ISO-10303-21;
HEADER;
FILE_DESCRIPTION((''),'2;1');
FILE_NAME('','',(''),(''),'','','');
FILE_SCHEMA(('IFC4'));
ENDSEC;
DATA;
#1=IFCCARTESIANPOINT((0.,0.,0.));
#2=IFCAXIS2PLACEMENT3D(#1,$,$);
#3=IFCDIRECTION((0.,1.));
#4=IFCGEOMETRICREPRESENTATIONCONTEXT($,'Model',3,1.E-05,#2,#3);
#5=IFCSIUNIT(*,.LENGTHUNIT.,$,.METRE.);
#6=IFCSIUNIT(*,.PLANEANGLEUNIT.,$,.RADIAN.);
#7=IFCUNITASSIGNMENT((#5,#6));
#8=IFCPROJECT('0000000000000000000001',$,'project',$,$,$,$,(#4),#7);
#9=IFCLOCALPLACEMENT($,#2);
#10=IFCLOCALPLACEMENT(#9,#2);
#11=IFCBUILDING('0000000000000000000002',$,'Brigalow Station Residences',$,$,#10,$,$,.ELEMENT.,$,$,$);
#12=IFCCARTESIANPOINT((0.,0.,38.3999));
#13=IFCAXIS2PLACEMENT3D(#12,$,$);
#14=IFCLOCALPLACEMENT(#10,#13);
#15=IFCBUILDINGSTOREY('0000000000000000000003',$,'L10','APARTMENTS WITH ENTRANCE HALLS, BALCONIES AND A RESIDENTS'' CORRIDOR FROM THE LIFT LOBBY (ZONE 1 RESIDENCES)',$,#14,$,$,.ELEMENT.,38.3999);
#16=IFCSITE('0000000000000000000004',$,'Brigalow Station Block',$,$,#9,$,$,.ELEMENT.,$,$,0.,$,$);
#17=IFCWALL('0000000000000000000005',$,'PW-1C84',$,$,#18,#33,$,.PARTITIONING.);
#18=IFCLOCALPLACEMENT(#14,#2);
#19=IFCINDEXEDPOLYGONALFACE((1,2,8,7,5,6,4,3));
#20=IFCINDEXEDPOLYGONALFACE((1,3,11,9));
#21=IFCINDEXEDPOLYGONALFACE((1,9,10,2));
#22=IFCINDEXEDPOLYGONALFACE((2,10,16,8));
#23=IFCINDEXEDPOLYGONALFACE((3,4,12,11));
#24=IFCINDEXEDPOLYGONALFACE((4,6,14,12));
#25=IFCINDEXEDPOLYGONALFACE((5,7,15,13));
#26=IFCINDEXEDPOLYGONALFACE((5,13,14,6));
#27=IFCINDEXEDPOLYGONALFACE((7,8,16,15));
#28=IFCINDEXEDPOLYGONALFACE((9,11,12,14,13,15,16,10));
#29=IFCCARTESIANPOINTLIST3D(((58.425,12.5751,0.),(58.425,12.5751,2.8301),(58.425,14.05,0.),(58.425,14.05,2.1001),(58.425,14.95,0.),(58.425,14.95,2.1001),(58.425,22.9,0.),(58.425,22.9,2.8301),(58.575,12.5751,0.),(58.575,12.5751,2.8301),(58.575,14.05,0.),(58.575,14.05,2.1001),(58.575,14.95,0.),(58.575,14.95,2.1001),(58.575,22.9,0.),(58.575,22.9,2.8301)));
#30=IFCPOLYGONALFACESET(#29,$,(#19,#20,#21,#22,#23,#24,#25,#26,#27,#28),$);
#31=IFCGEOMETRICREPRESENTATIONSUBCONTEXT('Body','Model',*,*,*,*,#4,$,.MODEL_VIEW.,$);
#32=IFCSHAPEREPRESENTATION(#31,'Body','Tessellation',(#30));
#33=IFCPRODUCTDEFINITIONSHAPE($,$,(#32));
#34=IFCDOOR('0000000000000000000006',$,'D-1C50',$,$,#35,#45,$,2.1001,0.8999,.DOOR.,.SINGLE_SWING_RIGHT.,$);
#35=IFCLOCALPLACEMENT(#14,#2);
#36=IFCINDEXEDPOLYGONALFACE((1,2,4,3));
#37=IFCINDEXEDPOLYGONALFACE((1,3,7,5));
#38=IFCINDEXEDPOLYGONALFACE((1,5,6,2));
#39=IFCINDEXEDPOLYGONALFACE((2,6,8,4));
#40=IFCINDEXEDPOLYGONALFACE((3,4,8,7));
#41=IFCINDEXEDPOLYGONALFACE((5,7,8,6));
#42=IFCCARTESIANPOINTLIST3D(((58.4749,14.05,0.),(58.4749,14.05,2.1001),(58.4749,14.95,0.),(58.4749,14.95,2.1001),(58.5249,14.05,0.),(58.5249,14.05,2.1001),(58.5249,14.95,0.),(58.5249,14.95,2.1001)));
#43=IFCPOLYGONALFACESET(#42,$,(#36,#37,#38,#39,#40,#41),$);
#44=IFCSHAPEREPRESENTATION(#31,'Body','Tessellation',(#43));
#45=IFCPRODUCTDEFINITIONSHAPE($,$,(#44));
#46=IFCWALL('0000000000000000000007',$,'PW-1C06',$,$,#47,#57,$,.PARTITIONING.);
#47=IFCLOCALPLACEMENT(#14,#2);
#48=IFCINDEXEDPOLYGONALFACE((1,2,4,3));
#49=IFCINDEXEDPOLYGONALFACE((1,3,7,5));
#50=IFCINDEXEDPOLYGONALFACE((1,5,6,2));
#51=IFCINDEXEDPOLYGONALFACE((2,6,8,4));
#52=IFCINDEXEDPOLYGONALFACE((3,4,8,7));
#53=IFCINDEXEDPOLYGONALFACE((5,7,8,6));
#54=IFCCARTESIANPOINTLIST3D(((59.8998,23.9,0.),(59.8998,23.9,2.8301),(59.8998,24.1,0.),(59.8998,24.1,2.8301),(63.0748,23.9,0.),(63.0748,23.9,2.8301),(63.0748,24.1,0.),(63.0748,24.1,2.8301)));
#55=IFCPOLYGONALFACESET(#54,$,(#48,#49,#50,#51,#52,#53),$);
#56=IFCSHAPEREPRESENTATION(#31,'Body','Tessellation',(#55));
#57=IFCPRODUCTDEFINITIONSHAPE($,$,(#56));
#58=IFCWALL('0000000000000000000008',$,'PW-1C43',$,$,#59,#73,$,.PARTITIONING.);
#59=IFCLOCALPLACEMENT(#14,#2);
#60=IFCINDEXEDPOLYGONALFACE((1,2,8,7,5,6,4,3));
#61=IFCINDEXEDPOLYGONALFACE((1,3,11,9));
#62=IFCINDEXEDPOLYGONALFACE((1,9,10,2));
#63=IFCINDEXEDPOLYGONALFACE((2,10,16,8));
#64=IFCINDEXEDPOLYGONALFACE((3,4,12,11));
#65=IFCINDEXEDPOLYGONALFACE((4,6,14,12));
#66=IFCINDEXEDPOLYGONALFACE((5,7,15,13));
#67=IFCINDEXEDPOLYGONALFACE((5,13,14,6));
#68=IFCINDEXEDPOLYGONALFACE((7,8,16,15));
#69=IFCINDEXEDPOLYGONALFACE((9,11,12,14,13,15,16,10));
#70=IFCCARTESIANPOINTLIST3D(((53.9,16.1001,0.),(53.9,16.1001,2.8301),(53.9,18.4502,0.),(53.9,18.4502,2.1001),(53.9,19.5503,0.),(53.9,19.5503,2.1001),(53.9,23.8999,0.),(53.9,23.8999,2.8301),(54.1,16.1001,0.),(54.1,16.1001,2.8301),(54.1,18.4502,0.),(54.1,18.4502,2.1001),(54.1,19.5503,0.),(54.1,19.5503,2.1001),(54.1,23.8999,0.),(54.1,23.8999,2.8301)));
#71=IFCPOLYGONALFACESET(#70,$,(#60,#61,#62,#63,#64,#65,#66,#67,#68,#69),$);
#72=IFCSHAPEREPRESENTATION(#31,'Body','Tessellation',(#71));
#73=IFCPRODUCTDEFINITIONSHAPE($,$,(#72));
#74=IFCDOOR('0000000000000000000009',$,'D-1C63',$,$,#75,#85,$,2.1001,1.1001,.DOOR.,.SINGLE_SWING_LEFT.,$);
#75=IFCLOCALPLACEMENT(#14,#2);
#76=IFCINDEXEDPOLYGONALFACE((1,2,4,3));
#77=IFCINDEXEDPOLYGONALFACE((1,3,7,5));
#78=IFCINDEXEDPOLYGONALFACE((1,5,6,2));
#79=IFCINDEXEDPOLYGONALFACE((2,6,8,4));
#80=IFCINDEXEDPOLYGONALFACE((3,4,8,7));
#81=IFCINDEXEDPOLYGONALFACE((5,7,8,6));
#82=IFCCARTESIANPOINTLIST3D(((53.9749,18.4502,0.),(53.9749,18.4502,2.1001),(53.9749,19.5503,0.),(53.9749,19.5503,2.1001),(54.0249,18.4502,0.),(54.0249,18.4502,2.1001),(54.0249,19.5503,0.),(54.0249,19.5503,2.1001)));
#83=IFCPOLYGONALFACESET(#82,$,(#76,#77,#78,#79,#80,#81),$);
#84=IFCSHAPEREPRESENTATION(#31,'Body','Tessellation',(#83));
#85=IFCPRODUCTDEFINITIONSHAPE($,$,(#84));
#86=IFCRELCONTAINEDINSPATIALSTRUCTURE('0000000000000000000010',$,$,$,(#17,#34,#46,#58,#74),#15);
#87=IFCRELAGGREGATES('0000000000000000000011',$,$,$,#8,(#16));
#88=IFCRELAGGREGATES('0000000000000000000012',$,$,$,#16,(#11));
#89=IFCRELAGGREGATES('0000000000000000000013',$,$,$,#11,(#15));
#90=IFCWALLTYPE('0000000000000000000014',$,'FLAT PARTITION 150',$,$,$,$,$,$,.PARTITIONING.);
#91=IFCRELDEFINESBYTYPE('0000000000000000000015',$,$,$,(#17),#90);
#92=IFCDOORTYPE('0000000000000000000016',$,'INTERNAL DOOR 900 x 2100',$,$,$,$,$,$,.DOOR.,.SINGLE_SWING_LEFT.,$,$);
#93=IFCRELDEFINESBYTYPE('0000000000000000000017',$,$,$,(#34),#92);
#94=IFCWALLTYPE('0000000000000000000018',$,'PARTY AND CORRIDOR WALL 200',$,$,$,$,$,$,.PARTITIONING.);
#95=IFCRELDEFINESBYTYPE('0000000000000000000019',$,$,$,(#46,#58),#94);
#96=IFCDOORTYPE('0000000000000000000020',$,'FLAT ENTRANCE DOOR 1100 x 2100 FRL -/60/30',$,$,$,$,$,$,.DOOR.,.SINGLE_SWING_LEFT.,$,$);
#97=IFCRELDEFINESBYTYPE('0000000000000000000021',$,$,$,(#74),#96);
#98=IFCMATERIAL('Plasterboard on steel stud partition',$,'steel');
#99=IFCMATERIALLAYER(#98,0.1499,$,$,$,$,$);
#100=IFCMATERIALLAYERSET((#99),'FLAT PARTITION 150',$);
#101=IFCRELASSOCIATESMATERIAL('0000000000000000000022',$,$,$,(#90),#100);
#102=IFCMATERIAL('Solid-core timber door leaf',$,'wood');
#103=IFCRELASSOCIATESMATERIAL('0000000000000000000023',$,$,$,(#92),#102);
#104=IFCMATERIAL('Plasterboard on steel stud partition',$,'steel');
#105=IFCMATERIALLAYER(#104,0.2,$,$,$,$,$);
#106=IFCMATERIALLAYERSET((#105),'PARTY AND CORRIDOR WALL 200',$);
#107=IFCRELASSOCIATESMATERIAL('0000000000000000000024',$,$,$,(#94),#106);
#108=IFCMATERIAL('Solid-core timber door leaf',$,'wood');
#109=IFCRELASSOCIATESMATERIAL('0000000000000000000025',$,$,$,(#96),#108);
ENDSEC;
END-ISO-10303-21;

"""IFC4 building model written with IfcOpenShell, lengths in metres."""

from ifc_helpers import new_model, si_unit, direction, frame, frame_2d, origin, place, context, subcontext, project, spatial, rectangle, extrude, material, layer, layer_set, type_object, element, fill, save


model = new_model("IFC4")

# Units and contexts
model_context = context("Model", 3, precision=1e-05, world=origin(), true_north=direction((0.0, 1.0)))
body_context = subcontext(model_context, "Body", "Model", "MODEL_VIEW")
ifc_project = project(units=[si_unit("LENGTHUNIT", "METRE"), si_unit("PLANEANGLEUNIT", "RADIAN")], contexts=[model_context])

# Site, building, storey
site_placement = place(None, origin())
site = spatial("IfcSite", under=ifc_project, at=site_placement, Name="Brigalow Station Block", CompositionType="ELEMENT", RefElevation=0.0)
building_placement = place(site_placement, origin())
building = spatial("IfcBuilding", under=site, at=building_placement, Name="Brigalow Station Residences", CompositionType="ELEMENT")
storey_placement = place(building_placement, frame((0.0, 0.0, 38.3999)))
storey = spatial("IfcBuildingStorey", under=building, at=storey_placement, Name="L10", Description="APARTMENTS WITH ENTRANCE HALLS, BALCONIES AND A RESIDENTS' CORRIDOR FROM THE LIFT LOBBY (ZONE 1 RESIDENCES)", CompositionType="ELEMENT", Elevation=38.3999)

# Shared definitions
ifc_material_1 = material(Name="Plasterboard on steel stud partition", Category="steel")
ifc_layer_1 = layer(ifc_material_1, 0.1499)
ifc_layer_set_1 = layer_set([ifc_layer_1], Name="FLAT PARTITION 150")
wall_type_1 = type_object("IfcWallType", Name="FLAT PARTITION 150", PredefinedType="PARTITIONING", material=ifc_layer_set_1)

# Wall, opening, door
ifc_material_2 = material(Name="Solid-core timber door leaf", Category="wood")
door_type_1 = type_object("IfcDoorType", Name="INTERNAL DOOR 900 x 2100", OperationType="SINGLE_SWING_LEFT", PredefinedType="DOOR", material=ifc_material_2)
wall_1_placement = place(storey_placement, frame((58.5, 12.575, 0.0), z_axis=(0.0, 0.0, 1.0), x_axis=(0.0, 1.0, 0.0)))
wall_1 = element("IfcWall", 1, at=wall_1_placement, inside=storey, type_object=wall_type_1, Name="PW-1C84", PredefinedType="PARTITIONING", context=body_context, shape_type="SweptSolid", body=[
    extrude(rectangle(XDim=10.325, YDim=0.1499, at=frame_2d((5.1626, 0.0))), origin(), (0.0, 0.0, 1.0), 2.8301),
])
opening_1_placement = place(wall_1_placement, frame((1.4751, 0.0, 0.0)))
opening_1 = element("IfcOpeningElement", 2, at=opening_1_placement, cuts=wall_1, PredefinedType="OPENING", context=body_context, shape_type="SweptSolid", body=[
    extrude(rectangle(XDim=0.8999, YDim=2.1001, at=frame_2d((0.45, 1.05))), frame((0.0, 0.085, 0.0), z_axis=(0.0, -1.0, 0.0), x_axis=(1.0, 0.0, 0.0)), (0.0, 0.0, 1.0), 0.1699),
])
door_1_placement = place(opening_1_placement, frame((0.8999, 0.0, 0.0), z_axis=(0.0, 0.0, 1.0), x_axis=(-1.0, 0.0, 0.0)))
door_1 = element("IfcDoor", 3, at=door_1_placement, inside=storey, type_object=door_type_1, Name="D-1C50", OperationType="SINGLE_SWING_RIGHT", OverallHeight=2.1001, OverallWidth=0.8999, PredefinedType="DOOR", context=body_context, shape_type="SweptSolid", body=[
    extrude(rectangle(XDim=0.8999, YDim=2.1001, at=frame_2d((0.45, 1.05))), frame((0.0, 0.0249, 0.0), z_axis=(0.0, -1.0, 0.0), x_axis=(1.0, 0.0, 0.0)), (0.0, 0.0, 1.0), 0.05),
])
fill(opening_1, door_1)

# Wall
ifc_material_3 = material(Name="Plasterboard on steel stud partition", Category="steel")
ifc_layer_2 = layer(ifc_material_3, 0.2)
ifc_layer_set_2 = layer_set([ifc_layer_2], Name="PARTY AND CORRIDOR WALL 200")
wall_type_2 = type_object("IfcWallType", Name="PARTY AND CORRIDOR WALL 200", PredefinedType="PARTITIONING", material=ifc_layer_set_2)
wall_2_placement = place(storey_placement, frame((59.8999, 24.0, 0.0), z_axis=(0.0, 0.0, 1.0), x_axis=(1.0, 0.0, 0.0)))
element("IfcWall", 4, at=wall_2_placement, inside=storey, type_object=wall_type_2, Name="PW-1C06", PredefinedType="PARTITIONING", context=body_context, shape_type="SweptSolid", body=[
    extrude(rectangle(XDim=3.175, YDim=0.2, at=frame_2d((1.5874, 0.0))), origin(), (0.0, 0.0, 1.0), 2.8301),
])

# Wall, opening, door
wall_3_placement = place(storey_placement, frame((54.0, 16.1001, 0.0), z_axis=(0.0, 0.0, 1.0), x_axis=(0.0, 1.0, 0.0)))
wall_3 = element("IfcWall", 5, at=wall_3_placement, inside=storey, type_object=wall_type_2, Name="PW-1C43", PredefinedType="PARTITIONING", context=body_context, shape_type="SweptSolid", body=[
    extrude(rectangle(XDim=7.7998, YDim=0.2, at=frame_2d((3.8999, 0.0))), origin(), (0.0, 0.0, 1.0), 2.8301),
])
opening_2_placement = place(wall_3_placement, frame((2.3501, 0.0, 0.0)))
opening_2 = element("IfcOpeningElement", 6, at=opening_2_placement, cuts=wall_3, PredefinedType="OPENING", context=body_context, shape_type="SweptSolid", body=[
    extrude(rectangle(XDim=1.1001, YDim=2.1001, at=frame_2d((0.55, 1.05))), frame((0.0, 0.1099, 0.0), z_axis=(0.0, -1.0, 0.0), x_axis=(1.0, 0.0, 0.0)), (0.0, 0.0, 1.0), 0.22),
])
ifc_material_4 = material(Name="Solid-core timber door leaf", Category="wood")
door_type_2 = type_object("IfcDoorType", Name="FLAT ENTRANCE DOOR 1100 x 2100 FRL -/60/30", OperationType="SINGLE_SWING_LEFT", PredefinedType="DOOR", material=ifc_material_4)
door_2_placement = place(opening_2_placement, frame((1.1001, 0.0, 0.0), z_axis=(0.0, 0.0, 1.0), x_axis=(-1.0, 0.0, 0.0)))
door_2 = element("IfcDoor", 7, at=door_2_placement, inside=storey, type_object=door_type_2, Name="D-1C63", OperationType="SINGLE_SWING_LEFT", OverallHeight=2.1001, OverallWidth=1.1001, PredefinedType="DOOR", context=body_context, shape_type="SweptSolid", body=[
    extrude(rectangle(XDim=1.1001, YDim=2.1001, at=frame_2d((0.55, 1.05))), frame((0.0, 0.0249, 0.0), z_axis=(0.0, -1.0, 0.0), x_axis=(1.0, 0.0, 0.0)), (0.0, 0.0, 1.0), 0.05),
])
fill(opening_2, door_2)

save(model, "model.ifc")
